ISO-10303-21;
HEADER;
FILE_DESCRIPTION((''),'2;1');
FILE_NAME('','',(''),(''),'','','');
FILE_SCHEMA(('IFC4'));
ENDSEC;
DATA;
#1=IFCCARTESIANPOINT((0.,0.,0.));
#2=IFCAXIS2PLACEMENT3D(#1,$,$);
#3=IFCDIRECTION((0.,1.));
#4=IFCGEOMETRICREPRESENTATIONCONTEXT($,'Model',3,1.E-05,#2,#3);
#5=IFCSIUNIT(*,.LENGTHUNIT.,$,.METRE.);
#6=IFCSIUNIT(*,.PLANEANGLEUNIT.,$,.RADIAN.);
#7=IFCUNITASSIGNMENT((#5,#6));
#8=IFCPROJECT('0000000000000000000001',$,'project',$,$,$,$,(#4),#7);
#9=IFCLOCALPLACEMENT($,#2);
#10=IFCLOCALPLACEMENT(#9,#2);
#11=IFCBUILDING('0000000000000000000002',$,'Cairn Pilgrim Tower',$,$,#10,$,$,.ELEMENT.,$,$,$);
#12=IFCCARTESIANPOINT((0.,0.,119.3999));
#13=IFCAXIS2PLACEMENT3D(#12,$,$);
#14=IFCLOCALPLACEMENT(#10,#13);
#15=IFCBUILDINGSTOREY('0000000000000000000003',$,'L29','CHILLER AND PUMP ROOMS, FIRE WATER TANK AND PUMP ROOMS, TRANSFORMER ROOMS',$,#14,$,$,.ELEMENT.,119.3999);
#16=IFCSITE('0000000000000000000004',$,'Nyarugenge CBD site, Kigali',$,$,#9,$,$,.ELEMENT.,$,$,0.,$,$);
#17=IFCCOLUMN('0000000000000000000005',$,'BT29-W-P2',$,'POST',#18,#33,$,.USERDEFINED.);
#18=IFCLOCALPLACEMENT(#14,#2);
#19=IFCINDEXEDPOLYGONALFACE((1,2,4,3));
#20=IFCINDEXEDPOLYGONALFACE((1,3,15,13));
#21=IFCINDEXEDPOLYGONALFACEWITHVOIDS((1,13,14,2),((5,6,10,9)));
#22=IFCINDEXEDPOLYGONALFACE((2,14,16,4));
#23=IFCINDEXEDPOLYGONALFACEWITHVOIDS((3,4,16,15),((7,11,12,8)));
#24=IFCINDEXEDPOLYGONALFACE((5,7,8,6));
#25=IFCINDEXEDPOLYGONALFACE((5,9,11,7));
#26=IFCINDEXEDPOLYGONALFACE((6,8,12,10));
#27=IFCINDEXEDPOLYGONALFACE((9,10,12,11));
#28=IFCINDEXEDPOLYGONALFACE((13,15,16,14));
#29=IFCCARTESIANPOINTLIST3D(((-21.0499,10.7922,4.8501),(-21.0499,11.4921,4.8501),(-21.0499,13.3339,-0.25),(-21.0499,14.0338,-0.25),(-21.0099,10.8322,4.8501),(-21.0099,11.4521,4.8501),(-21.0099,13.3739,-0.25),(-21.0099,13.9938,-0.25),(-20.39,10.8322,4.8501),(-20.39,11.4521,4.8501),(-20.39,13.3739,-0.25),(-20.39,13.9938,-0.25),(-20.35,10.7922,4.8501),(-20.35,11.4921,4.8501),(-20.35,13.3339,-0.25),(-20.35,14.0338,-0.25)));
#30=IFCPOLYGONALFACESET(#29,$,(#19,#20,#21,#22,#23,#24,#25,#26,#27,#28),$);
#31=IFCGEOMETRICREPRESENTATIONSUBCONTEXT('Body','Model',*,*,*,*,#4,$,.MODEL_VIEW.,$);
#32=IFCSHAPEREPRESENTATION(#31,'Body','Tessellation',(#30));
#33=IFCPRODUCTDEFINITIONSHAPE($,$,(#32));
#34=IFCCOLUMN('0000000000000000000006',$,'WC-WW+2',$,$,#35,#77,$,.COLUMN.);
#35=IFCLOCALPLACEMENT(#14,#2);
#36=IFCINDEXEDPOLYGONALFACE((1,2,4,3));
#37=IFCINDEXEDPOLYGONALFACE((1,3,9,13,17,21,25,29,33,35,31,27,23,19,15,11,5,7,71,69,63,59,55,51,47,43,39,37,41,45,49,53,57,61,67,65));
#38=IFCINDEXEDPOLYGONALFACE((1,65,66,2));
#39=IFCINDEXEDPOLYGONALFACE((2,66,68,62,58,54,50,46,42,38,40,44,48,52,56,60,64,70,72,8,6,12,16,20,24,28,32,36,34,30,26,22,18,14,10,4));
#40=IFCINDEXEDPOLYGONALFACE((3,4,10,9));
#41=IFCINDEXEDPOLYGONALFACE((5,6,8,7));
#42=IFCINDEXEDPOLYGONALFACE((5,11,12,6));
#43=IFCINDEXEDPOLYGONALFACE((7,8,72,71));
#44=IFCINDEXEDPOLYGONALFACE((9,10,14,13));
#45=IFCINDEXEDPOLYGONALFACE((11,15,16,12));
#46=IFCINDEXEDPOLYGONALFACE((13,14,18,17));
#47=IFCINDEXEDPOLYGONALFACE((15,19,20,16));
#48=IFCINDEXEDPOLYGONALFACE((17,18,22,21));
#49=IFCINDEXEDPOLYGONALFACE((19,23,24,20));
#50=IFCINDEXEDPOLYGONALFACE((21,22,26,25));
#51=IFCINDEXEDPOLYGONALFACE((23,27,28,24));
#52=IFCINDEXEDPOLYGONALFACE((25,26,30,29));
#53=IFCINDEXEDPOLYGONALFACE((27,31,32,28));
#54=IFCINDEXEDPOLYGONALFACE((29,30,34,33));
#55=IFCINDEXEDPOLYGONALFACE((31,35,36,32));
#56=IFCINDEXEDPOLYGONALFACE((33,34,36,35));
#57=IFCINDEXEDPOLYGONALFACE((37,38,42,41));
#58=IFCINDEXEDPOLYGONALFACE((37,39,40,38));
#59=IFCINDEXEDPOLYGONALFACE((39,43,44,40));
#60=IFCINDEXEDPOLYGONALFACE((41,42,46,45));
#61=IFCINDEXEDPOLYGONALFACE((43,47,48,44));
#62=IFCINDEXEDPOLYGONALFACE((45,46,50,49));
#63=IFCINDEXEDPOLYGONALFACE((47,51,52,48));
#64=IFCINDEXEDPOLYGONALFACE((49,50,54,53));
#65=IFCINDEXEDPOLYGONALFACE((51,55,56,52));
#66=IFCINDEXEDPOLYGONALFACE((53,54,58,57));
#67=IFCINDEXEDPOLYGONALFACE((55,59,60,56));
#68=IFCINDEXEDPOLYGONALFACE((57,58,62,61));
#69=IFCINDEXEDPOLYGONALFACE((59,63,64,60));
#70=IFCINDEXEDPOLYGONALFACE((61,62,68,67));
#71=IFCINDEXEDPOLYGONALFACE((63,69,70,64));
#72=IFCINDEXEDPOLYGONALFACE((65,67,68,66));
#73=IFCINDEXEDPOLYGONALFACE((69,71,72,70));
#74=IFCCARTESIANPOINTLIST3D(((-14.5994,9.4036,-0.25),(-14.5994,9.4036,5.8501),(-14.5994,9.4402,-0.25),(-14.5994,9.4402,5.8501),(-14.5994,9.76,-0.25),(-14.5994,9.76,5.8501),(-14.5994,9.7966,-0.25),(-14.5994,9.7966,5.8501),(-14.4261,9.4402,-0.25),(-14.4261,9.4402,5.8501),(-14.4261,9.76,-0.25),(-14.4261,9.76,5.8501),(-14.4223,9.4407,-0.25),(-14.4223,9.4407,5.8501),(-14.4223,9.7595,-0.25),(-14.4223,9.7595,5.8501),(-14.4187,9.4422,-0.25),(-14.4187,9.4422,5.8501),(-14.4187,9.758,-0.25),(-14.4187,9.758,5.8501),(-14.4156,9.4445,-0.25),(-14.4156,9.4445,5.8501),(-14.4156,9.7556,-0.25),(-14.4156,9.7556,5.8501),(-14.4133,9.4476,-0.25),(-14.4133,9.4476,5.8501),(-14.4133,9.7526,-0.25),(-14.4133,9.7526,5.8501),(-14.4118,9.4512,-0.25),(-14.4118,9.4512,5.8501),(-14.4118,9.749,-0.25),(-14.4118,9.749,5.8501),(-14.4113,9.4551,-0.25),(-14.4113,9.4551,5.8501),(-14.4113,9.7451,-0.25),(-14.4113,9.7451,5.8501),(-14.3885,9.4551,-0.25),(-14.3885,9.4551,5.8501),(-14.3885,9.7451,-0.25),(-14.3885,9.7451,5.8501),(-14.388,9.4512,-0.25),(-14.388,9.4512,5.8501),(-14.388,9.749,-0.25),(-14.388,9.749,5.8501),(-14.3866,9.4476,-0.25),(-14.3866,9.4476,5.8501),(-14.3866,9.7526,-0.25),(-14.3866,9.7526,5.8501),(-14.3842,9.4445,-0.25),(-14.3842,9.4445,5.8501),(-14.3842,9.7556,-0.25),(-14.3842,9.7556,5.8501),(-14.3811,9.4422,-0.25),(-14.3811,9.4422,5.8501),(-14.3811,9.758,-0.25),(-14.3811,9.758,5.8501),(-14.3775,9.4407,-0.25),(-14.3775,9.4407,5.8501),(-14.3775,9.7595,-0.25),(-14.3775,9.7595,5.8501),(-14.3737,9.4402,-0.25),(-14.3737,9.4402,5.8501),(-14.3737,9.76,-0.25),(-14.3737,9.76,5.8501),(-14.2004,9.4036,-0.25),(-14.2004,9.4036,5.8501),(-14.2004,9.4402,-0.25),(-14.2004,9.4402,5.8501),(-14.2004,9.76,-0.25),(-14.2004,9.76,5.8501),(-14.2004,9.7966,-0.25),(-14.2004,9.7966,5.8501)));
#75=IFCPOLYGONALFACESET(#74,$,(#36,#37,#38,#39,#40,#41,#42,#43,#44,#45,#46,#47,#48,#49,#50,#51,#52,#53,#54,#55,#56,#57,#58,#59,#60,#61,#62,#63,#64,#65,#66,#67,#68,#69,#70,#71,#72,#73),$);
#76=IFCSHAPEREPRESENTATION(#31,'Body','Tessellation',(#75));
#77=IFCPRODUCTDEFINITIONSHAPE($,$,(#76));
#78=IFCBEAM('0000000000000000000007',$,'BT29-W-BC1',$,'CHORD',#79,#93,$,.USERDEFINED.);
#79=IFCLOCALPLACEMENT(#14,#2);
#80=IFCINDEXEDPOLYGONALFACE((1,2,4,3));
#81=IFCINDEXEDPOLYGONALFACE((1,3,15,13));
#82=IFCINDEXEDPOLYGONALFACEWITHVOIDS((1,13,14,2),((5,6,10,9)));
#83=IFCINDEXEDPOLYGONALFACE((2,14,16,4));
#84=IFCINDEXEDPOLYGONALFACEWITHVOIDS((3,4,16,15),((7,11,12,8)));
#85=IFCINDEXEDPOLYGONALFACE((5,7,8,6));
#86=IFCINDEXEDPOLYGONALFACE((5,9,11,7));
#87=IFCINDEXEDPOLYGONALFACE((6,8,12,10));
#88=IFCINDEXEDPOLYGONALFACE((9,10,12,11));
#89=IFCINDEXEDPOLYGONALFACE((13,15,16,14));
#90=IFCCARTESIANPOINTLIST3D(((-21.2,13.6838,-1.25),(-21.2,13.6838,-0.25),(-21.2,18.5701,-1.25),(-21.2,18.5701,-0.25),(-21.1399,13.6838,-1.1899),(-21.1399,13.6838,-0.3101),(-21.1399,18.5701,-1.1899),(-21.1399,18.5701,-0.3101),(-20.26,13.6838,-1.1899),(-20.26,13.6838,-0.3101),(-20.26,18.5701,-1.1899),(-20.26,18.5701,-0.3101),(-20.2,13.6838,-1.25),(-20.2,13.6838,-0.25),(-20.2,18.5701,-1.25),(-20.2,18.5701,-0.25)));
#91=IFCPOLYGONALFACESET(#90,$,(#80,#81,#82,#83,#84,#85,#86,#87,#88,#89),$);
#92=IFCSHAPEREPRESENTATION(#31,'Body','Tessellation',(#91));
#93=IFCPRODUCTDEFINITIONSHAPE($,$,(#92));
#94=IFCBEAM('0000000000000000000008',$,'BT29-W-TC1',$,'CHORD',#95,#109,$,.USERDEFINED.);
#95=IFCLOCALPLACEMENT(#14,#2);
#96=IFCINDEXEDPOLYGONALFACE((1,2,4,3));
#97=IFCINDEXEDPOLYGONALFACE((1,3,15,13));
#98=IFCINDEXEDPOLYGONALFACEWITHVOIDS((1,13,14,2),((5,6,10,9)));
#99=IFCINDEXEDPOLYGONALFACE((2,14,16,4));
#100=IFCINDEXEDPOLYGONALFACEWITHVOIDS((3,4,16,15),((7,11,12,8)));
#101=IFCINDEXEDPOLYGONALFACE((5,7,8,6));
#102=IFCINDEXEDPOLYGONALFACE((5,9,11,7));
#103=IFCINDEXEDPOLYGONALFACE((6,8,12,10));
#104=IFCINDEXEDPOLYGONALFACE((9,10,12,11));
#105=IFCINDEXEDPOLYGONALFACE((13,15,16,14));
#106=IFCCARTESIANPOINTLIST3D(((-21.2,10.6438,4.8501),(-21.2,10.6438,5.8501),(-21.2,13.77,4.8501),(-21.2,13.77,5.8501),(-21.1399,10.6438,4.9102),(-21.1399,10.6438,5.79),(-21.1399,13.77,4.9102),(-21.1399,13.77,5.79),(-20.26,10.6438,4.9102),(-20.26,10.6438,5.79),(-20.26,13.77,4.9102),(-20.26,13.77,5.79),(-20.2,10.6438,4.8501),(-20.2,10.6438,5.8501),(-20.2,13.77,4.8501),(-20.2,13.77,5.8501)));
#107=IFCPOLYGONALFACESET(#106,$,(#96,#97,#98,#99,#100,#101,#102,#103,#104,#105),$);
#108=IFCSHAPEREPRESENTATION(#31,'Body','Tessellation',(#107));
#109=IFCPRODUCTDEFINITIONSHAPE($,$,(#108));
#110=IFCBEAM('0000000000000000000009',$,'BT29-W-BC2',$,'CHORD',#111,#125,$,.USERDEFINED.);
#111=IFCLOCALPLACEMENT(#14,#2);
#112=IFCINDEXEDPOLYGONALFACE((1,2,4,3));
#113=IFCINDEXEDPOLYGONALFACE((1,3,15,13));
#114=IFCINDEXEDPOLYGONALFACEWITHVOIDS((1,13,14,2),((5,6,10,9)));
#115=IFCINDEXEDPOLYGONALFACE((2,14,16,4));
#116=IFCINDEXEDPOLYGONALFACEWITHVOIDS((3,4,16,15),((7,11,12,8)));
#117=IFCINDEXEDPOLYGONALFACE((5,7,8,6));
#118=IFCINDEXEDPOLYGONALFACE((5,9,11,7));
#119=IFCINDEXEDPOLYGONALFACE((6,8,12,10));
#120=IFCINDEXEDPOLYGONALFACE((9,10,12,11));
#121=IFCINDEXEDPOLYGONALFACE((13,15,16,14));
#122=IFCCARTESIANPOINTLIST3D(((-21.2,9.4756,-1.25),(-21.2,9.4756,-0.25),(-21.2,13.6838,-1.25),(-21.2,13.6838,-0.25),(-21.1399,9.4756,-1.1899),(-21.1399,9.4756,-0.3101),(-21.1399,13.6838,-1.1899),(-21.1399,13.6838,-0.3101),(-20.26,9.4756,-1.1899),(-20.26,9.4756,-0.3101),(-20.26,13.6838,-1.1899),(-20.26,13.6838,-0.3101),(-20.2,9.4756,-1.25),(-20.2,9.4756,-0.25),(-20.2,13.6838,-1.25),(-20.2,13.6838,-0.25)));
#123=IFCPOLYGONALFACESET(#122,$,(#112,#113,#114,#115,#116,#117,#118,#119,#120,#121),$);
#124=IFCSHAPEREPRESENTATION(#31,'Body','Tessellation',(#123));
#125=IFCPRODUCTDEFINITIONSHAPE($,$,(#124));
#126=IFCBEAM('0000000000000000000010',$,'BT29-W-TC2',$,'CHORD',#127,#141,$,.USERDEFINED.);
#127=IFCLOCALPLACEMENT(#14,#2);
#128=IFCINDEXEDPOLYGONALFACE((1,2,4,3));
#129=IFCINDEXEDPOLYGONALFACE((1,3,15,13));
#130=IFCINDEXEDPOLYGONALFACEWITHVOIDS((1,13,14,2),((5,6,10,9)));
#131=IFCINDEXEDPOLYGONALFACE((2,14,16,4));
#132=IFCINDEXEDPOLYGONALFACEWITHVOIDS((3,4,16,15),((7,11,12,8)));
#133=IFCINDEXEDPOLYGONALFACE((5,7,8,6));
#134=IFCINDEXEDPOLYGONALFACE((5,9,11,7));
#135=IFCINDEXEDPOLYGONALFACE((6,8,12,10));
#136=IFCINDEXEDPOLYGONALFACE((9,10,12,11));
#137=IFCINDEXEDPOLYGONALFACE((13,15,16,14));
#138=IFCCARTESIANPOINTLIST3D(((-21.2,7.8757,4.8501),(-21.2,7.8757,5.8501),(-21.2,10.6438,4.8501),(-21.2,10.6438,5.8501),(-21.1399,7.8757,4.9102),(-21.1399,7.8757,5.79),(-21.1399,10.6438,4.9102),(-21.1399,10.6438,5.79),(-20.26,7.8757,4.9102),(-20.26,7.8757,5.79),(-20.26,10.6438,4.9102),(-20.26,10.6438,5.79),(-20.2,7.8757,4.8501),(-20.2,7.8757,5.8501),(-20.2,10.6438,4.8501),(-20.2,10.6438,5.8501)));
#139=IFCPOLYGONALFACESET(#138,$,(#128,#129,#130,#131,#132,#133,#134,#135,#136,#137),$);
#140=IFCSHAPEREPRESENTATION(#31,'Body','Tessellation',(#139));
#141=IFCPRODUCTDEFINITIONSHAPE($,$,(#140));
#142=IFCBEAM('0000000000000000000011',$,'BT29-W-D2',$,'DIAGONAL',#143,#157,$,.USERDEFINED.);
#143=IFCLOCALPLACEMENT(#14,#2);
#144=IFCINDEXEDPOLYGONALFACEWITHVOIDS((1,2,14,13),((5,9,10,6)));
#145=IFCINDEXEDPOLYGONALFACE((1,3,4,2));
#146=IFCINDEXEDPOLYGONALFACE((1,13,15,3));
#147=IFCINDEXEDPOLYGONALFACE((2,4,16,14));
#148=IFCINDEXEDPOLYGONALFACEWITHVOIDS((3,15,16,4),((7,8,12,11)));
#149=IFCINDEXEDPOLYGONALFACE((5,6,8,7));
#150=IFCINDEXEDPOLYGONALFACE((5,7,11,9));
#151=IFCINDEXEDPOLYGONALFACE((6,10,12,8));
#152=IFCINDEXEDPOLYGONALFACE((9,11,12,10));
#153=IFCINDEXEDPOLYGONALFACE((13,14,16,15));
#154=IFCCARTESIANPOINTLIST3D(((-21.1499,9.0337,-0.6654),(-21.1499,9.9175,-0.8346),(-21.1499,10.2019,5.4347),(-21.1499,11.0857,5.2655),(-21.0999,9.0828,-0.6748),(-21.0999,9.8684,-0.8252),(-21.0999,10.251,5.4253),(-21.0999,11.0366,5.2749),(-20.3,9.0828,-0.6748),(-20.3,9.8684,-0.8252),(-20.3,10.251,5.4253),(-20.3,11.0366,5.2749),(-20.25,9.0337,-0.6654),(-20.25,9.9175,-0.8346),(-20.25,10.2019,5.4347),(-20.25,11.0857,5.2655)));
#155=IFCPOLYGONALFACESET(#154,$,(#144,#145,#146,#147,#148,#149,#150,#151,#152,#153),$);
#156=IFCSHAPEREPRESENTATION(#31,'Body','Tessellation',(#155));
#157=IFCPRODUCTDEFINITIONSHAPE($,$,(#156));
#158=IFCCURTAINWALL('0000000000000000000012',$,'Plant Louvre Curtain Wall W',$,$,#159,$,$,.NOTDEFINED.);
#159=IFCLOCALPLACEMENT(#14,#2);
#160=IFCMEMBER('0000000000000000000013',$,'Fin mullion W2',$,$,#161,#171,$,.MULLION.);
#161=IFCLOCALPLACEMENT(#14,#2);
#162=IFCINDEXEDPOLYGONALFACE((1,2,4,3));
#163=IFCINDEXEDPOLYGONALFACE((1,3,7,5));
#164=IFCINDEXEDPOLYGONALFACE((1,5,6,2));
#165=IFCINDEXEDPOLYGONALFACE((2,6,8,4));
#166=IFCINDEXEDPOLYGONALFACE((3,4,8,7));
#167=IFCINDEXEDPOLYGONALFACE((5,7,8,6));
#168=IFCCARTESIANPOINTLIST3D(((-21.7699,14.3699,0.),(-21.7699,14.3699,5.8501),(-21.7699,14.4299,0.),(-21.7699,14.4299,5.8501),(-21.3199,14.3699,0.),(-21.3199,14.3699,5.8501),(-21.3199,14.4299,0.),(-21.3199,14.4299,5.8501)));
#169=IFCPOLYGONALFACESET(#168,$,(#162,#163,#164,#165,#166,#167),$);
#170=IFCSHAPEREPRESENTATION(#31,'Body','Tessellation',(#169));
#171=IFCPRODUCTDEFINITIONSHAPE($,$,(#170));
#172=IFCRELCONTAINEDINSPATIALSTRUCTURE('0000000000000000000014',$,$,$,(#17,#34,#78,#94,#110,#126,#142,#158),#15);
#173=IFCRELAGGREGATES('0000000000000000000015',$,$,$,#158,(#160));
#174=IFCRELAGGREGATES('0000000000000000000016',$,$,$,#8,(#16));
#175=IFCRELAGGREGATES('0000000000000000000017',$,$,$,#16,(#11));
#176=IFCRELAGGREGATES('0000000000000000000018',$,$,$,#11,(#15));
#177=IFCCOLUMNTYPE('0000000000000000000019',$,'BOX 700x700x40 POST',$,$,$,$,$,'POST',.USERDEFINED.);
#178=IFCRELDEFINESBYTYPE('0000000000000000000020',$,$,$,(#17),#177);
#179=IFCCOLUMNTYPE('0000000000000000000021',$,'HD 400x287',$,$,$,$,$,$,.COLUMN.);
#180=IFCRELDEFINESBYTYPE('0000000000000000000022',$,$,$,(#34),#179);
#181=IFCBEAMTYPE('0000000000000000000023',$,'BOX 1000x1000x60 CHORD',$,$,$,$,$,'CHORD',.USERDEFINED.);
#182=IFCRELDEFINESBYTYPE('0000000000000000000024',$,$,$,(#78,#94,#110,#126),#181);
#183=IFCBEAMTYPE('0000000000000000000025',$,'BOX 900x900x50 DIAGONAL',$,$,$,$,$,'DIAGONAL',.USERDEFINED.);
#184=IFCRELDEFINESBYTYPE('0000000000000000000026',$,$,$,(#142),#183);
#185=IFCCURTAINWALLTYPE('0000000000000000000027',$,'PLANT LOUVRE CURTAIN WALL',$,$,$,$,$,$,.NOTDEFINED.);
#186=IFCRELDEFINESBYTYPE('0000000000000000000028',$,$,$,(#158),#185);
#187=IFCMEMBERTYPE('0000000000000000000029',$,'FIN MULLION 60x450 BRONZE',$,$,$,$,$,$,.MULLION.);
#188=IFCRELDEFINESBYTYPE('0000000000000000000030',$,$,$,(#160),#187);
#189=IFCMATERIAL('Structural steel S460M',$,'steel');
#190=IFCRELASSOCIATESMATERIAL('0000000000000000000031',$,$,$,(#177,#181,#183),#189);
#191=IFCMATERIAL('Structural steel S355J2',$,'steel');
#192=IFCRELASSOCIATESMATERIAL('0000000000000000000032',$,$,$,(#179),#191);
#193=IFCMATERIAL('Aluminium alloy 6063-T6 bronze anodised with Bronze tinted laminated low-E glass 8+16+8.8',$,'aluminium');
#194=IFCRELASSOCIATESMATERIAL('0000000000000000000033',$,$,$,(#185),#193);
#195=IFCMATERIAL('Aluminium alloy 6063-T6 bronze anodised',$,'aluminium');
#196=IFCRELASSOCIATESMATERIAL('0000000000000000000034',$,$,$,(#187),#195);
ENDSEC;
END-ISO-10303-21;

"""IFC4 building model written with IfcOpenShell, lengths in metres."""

from ifc_helpers import new_model, si_unit, direction, frame, origin, origin_2d, place, context, subcontext, project, spatial, rectangle, hollow_rectangle, i_section, extrude, clip, halfspace, material, material_profile, profile_set, type_object, element, aggregate, save


model = new_model("IFC4")

# Units and contexts
model_context = context("Model", 3, precision=1e-05, world=origin(), true_north=direction((0.0, 1.0)))
body_context = subcontext(model_context, "Body", "Model", "MODEL_VIEW")
ifc_project = project(units=[si_unit("LENGTHUNIT", "METRE"), si_unit("PLANEANGLEUNIT", "RADIAN")], contexts=[model_context])

# Site, building, storey
site_placement = place(None, origin())
site = spatial("IfcSite", under=ifc_project, at=site_placement, Name="Nyarugenge CBD site, Kigali", CompositionType="ELEMENT", RefElevation=0.0)
building_placement = place(site_placement, origin())
building = spatial("IfcBuilding", under=site, at=building_placement, Name="Cairn Pilgrim Tower", CompositionType="ELEMENT")
storey_placement = place(building_placement, frame((0.0, 0.0, 119.3999)))
storey = spatial("IfcBuildingStorey", under=building, at=storey_placement, Name="L29", Description="CHILLER AND PUMP ROOMS, FIRE WATER TANK AND PUMP ROOMS, TRANSFORMER ROOMS", CompositionType="ELEMENT", Elevation=119.3999)

# Columns
ifc_material_1 = material(Name="Structural steel S460M", Category="steel")
ifc_material_profile_1 = material_profile(ifc_material_1, hollow_rectangle(XDim=0.7, YDim=0.7, WallThickness=0.04, at=origin_2d()), Name="BOX 700x700x40")
ifc_profile_set_1 = profile_set([ifc_material_profile_1], Name="Structural steel S460M")
column_type_1 = type_object("IfcColumnType", Name="BOX 700x700x40 POST", ElementType="POST", PredefinedType="USERDEFINED", material=ifc_profile_set_1)
column_1_placement = place(storey_placement, frame((-20.7, 13.6838, -0.25), z_axis=(0.0, 0.0, 1.0), x_axis=(1.0, 0.0, 0.0)))
element("IfcColumn", 1, at=column_1_placement, inside=storey, type_object=column_type_1, Name="BT29-W-P2", ObjectType="POST", PredefinedType="USERDEFINED", context=body_context, shape_type="Clipping", body=[
    clip(extrude(hollow_rectangle(XDim=0.7, YDim=0.7, WallThickness=0.04, at=origin_2d()), origin(), (0.0, -0.446038, 0.895014), 6.8157), halfspace(frame((0.0, 0.0, 5.1001), z_axis=(0.0, 0.0, 1.0), x_axis=(1.0, 0.0, 0.0)), False)),
])
ifc_material_2 = material(Name="Structural steel S355J2", Category="steel")
ifc_material_profile_2 = material_profile(ifc_material_2, i_section(OverallWidth=0.3989, OverallDepth=0.3931, WebThickness=0.0227, FlangeThickness=0.0366, FilletRadius=0.0149, at=origin_2d()), Name="HD 400x287")
ifc_profile_set_2 = profile_set([ifc_material_profile_2], Name="Structural steel S355J2")
column_type_2 = type_object("IfcColumnType", Name="HD 400x287", PredefinedType="COLUMN", material=ifc_profile_set_2)
column_2_placement = place(storey_placement, frame((-14.3999, 9.6001, -0.25), z_axis=(0.0, 0.0, 1.0), x_axis=(1.0, 0.0, 0.0)))
element("IfcColumn", 2, at=column_2_placement, inside=storey, type_object=column_type_2, Name="WC-WW+2", PredefinedType="COLUMN", context=body_context, shape_type="SweptSolid", body=[
    extrude(i_section(OverallWidth=0.3989, OverallDepth=0.3931, WebThickness=0.0227, FlangeThickness=0.0366, FilletRadius=0.0149, at=origin_2d()), origin(), (0.0, 0.0, 1.0), 6.1001),
])

# Beams
ifc_material_profile_3 = material_profile(ifc_material_1, hollow_rectangle(XDim=1.0, YDim=1.0, WallThickness=0.0601, at=origin_2d()), Name="BOX 1000x1000x60")
ifc_profile_set_3 = profile_set([ifc_material_profile_3], Name="Structural steel S460M")
beam_type_1 = type_object("IfcBeamType", Name="BOX 1000x1000x60 CHORD", ElementType="CHORD", PredefinedType="USERDEFINED", material=ifc_profile_set_3)
beam_1_placement = place(storey_placement, frame((-20.7, 18.5701, -0.75), z_axis=(0.0, -1.0, 0.0), x_axis=(1.0, 0.0, 0.0)))
element("IfcBeam", 3, at=beam_1_placement, inside=storey, type_object=beam_type_1, Name="BT29-W-BC1", ObjectType="CHORD", PredefinedType="USERDEFINED", context=body_context, shape_type="SweptSolid", body=[
    extrude(hollow_rectangle(XDim=1.0, YDim=1.0, WallThickness=0.0601, at=origin_2d()), origin(), (0.0, 0.0, 1.0), 4.8862),
])
beam_2_placement = place(storey_placement, frame((-20.7, 13.77, 5.3501), z_axis=(0.0, -1.0, 0.0), x_axis=(1.0, 0.0, 0.0)))
element("IfcBeam", 4, at=beam_2_placement, inside=storey, type_object=beam_type_1, Name="BT29-W-TC1", ObjectType="CHORD", PredefinedType="USERDEFINED", context=body_context, shape_type="SweptSolid", body=[
    extrude(hollow_rectangle(XDim=1.0, YDim=1.0, WallThickness=0.0601, at=origin_2d()), origin(), (0.0, 0.0, 1.0), 3.1262),
])
beam_3_placement = place(storey_placement, frame((-20.7, 13.6838, -0.75), z_axis=(0.0, -1.0, 0.0), x_axis=(1.0, 0.0, 0.0)))
element("IfcBeam", 5, at=beam_3_placement, inside=storey, type_object=beam_type_1, Name="BT29-W-BC2", ObjectType="CHORD", PredefinedType="USERDEFINED", context=body_context, shape_type="SweptSolid", body=[
    extrude(hollow_rectangle(XDim=1.0, YDim=1.0, WallThickness=0.0601, at=origin_2d()), origin(), (0.0, 0.0, 1.0), 4.2083),
])
beam_4_placement = place(storey_placement, frame((-20.7, 10.6438, 5.3501), z_axis=(0.0, -1.0, 0.0), x_axis=(1.0, 0.0, 0.0)))
element("IfcBeam", 6, at=beam_4_placement, inside=storey, type_object=beam_type_1, Name="BT29-W-TC2", ObjectType="CHORD", PredefinedType="USERDEFINED", context=body_context, shape_type="SweptSolid", body=[
    extrude(hollow_rectangle(XDim=1.0, YDim=1.0, WallThickness=0.0601, at=origin_2d()), origin(), (0.0, 0.0, 1.0), 2.7681),
])
ifc_material_profile_4 = material_profile(ifc_material_1, hollow_rectangle(XDim=0.8999, YDim=0.8999, WallThickness=0.05, at=origin_2d()), Name="BOX 900x900x50")
ifc_profile_set_4 = profile_set([ifc_material_profile_4], Name="Structural steel S460M")
beam_type_2 = type_object("IfcBeamType", Name="BOX 900x900x50 DIAGONAL", ElementType="DIAGONAL", PredefinedType="USERDEFINED", material=ifc_profile_set_4)
beam_5_placement = place(storey_placement, frame((-20.7, 10.6438, 5.3501), z_axis=(0.0, -0.188089, -0.982152), x_axis=(1.0, 0.0, 0.0)))
element("IfcBeam", 7, at=beam_5_placement, inside=storey, type_object=beam_type_2, Name="BT29-W-D2", ObjectType="DIAGONAL", PredefinedType="USERDEFINED", context=body_context, shape_type="SweptSolid", body=[
    extrude(hollow_rectangle(XDim=0.8999, YDim=0.8999, WallThickness=0.05, at=origin_2d()), origin(), (0.0, 0.0, 1.0), 6.2109),
])

# Curtain wall, member
ifc_material_3 = material(Name="Aluminium alloy 6063-T6 bronze anodised with Bronze tinted laminated low-E glass 8+16+8.8", Category="aluminium")
curtain_wall_type = type_object("IfcCurtainWallType", Name="PLANT LOUVRE CURTAIN WALL", PredefinedType="NOTDEFINED", material=ifc_material_3)
curtain_wall_placement = place(storey_placement, origin())
curtain_wall = element("IfcCurtainWall", 8, at=curtain_wall_placement, inside=storey, type_object=curtain_wall_type, Name="Plant Louvre Curtain Wall W", PredefinedType="NOTDEFINED")
ifc_material_4 = material(Name="Aluminium alloy 6063-T6 bronze anodised", Category="aluminium")
ifc_material_profile_5 = material_profile(ifc_material_4, rectangle(XDim=0.45, YDim=0.0601, at=origin_2d()), Name="FIN MULLION 60x450 BRONZE")
ifc_profile_set_5 = profile_set([ifc_material_profile_5], Name="Aluminium alloy 6063-T6 bronze anodised")
member_type_1 = type_object("IfcMemberType", Name="FIN MULLION 60x450 BRONZE", PredefinedType="MULLION", material=ifc_profile_set_5)
member_1_placement = place(storey_placement, frame((-21.5449, 14.3999, 0.0), z_axis=(0.0, 0.0, 1.0), x_axis=(-1.0, 0.0, 0.0)))
member_1 = element("IfcMember", 9, at=member_1_placement, type_object=member_type_1, Name="Fin mullion W2", PredefinedType="MULLION", context=body_context, shape_type="SweptSolid", body=[
    extrude(rectangle(XDim=0.45, YDim=0.0601, at=origin_2d()), origin(), (0.0, 0.0, 1.0), 5.8501),
])

aggregate(curtain_wall, [member_1])

save(model, "model.ifc")
